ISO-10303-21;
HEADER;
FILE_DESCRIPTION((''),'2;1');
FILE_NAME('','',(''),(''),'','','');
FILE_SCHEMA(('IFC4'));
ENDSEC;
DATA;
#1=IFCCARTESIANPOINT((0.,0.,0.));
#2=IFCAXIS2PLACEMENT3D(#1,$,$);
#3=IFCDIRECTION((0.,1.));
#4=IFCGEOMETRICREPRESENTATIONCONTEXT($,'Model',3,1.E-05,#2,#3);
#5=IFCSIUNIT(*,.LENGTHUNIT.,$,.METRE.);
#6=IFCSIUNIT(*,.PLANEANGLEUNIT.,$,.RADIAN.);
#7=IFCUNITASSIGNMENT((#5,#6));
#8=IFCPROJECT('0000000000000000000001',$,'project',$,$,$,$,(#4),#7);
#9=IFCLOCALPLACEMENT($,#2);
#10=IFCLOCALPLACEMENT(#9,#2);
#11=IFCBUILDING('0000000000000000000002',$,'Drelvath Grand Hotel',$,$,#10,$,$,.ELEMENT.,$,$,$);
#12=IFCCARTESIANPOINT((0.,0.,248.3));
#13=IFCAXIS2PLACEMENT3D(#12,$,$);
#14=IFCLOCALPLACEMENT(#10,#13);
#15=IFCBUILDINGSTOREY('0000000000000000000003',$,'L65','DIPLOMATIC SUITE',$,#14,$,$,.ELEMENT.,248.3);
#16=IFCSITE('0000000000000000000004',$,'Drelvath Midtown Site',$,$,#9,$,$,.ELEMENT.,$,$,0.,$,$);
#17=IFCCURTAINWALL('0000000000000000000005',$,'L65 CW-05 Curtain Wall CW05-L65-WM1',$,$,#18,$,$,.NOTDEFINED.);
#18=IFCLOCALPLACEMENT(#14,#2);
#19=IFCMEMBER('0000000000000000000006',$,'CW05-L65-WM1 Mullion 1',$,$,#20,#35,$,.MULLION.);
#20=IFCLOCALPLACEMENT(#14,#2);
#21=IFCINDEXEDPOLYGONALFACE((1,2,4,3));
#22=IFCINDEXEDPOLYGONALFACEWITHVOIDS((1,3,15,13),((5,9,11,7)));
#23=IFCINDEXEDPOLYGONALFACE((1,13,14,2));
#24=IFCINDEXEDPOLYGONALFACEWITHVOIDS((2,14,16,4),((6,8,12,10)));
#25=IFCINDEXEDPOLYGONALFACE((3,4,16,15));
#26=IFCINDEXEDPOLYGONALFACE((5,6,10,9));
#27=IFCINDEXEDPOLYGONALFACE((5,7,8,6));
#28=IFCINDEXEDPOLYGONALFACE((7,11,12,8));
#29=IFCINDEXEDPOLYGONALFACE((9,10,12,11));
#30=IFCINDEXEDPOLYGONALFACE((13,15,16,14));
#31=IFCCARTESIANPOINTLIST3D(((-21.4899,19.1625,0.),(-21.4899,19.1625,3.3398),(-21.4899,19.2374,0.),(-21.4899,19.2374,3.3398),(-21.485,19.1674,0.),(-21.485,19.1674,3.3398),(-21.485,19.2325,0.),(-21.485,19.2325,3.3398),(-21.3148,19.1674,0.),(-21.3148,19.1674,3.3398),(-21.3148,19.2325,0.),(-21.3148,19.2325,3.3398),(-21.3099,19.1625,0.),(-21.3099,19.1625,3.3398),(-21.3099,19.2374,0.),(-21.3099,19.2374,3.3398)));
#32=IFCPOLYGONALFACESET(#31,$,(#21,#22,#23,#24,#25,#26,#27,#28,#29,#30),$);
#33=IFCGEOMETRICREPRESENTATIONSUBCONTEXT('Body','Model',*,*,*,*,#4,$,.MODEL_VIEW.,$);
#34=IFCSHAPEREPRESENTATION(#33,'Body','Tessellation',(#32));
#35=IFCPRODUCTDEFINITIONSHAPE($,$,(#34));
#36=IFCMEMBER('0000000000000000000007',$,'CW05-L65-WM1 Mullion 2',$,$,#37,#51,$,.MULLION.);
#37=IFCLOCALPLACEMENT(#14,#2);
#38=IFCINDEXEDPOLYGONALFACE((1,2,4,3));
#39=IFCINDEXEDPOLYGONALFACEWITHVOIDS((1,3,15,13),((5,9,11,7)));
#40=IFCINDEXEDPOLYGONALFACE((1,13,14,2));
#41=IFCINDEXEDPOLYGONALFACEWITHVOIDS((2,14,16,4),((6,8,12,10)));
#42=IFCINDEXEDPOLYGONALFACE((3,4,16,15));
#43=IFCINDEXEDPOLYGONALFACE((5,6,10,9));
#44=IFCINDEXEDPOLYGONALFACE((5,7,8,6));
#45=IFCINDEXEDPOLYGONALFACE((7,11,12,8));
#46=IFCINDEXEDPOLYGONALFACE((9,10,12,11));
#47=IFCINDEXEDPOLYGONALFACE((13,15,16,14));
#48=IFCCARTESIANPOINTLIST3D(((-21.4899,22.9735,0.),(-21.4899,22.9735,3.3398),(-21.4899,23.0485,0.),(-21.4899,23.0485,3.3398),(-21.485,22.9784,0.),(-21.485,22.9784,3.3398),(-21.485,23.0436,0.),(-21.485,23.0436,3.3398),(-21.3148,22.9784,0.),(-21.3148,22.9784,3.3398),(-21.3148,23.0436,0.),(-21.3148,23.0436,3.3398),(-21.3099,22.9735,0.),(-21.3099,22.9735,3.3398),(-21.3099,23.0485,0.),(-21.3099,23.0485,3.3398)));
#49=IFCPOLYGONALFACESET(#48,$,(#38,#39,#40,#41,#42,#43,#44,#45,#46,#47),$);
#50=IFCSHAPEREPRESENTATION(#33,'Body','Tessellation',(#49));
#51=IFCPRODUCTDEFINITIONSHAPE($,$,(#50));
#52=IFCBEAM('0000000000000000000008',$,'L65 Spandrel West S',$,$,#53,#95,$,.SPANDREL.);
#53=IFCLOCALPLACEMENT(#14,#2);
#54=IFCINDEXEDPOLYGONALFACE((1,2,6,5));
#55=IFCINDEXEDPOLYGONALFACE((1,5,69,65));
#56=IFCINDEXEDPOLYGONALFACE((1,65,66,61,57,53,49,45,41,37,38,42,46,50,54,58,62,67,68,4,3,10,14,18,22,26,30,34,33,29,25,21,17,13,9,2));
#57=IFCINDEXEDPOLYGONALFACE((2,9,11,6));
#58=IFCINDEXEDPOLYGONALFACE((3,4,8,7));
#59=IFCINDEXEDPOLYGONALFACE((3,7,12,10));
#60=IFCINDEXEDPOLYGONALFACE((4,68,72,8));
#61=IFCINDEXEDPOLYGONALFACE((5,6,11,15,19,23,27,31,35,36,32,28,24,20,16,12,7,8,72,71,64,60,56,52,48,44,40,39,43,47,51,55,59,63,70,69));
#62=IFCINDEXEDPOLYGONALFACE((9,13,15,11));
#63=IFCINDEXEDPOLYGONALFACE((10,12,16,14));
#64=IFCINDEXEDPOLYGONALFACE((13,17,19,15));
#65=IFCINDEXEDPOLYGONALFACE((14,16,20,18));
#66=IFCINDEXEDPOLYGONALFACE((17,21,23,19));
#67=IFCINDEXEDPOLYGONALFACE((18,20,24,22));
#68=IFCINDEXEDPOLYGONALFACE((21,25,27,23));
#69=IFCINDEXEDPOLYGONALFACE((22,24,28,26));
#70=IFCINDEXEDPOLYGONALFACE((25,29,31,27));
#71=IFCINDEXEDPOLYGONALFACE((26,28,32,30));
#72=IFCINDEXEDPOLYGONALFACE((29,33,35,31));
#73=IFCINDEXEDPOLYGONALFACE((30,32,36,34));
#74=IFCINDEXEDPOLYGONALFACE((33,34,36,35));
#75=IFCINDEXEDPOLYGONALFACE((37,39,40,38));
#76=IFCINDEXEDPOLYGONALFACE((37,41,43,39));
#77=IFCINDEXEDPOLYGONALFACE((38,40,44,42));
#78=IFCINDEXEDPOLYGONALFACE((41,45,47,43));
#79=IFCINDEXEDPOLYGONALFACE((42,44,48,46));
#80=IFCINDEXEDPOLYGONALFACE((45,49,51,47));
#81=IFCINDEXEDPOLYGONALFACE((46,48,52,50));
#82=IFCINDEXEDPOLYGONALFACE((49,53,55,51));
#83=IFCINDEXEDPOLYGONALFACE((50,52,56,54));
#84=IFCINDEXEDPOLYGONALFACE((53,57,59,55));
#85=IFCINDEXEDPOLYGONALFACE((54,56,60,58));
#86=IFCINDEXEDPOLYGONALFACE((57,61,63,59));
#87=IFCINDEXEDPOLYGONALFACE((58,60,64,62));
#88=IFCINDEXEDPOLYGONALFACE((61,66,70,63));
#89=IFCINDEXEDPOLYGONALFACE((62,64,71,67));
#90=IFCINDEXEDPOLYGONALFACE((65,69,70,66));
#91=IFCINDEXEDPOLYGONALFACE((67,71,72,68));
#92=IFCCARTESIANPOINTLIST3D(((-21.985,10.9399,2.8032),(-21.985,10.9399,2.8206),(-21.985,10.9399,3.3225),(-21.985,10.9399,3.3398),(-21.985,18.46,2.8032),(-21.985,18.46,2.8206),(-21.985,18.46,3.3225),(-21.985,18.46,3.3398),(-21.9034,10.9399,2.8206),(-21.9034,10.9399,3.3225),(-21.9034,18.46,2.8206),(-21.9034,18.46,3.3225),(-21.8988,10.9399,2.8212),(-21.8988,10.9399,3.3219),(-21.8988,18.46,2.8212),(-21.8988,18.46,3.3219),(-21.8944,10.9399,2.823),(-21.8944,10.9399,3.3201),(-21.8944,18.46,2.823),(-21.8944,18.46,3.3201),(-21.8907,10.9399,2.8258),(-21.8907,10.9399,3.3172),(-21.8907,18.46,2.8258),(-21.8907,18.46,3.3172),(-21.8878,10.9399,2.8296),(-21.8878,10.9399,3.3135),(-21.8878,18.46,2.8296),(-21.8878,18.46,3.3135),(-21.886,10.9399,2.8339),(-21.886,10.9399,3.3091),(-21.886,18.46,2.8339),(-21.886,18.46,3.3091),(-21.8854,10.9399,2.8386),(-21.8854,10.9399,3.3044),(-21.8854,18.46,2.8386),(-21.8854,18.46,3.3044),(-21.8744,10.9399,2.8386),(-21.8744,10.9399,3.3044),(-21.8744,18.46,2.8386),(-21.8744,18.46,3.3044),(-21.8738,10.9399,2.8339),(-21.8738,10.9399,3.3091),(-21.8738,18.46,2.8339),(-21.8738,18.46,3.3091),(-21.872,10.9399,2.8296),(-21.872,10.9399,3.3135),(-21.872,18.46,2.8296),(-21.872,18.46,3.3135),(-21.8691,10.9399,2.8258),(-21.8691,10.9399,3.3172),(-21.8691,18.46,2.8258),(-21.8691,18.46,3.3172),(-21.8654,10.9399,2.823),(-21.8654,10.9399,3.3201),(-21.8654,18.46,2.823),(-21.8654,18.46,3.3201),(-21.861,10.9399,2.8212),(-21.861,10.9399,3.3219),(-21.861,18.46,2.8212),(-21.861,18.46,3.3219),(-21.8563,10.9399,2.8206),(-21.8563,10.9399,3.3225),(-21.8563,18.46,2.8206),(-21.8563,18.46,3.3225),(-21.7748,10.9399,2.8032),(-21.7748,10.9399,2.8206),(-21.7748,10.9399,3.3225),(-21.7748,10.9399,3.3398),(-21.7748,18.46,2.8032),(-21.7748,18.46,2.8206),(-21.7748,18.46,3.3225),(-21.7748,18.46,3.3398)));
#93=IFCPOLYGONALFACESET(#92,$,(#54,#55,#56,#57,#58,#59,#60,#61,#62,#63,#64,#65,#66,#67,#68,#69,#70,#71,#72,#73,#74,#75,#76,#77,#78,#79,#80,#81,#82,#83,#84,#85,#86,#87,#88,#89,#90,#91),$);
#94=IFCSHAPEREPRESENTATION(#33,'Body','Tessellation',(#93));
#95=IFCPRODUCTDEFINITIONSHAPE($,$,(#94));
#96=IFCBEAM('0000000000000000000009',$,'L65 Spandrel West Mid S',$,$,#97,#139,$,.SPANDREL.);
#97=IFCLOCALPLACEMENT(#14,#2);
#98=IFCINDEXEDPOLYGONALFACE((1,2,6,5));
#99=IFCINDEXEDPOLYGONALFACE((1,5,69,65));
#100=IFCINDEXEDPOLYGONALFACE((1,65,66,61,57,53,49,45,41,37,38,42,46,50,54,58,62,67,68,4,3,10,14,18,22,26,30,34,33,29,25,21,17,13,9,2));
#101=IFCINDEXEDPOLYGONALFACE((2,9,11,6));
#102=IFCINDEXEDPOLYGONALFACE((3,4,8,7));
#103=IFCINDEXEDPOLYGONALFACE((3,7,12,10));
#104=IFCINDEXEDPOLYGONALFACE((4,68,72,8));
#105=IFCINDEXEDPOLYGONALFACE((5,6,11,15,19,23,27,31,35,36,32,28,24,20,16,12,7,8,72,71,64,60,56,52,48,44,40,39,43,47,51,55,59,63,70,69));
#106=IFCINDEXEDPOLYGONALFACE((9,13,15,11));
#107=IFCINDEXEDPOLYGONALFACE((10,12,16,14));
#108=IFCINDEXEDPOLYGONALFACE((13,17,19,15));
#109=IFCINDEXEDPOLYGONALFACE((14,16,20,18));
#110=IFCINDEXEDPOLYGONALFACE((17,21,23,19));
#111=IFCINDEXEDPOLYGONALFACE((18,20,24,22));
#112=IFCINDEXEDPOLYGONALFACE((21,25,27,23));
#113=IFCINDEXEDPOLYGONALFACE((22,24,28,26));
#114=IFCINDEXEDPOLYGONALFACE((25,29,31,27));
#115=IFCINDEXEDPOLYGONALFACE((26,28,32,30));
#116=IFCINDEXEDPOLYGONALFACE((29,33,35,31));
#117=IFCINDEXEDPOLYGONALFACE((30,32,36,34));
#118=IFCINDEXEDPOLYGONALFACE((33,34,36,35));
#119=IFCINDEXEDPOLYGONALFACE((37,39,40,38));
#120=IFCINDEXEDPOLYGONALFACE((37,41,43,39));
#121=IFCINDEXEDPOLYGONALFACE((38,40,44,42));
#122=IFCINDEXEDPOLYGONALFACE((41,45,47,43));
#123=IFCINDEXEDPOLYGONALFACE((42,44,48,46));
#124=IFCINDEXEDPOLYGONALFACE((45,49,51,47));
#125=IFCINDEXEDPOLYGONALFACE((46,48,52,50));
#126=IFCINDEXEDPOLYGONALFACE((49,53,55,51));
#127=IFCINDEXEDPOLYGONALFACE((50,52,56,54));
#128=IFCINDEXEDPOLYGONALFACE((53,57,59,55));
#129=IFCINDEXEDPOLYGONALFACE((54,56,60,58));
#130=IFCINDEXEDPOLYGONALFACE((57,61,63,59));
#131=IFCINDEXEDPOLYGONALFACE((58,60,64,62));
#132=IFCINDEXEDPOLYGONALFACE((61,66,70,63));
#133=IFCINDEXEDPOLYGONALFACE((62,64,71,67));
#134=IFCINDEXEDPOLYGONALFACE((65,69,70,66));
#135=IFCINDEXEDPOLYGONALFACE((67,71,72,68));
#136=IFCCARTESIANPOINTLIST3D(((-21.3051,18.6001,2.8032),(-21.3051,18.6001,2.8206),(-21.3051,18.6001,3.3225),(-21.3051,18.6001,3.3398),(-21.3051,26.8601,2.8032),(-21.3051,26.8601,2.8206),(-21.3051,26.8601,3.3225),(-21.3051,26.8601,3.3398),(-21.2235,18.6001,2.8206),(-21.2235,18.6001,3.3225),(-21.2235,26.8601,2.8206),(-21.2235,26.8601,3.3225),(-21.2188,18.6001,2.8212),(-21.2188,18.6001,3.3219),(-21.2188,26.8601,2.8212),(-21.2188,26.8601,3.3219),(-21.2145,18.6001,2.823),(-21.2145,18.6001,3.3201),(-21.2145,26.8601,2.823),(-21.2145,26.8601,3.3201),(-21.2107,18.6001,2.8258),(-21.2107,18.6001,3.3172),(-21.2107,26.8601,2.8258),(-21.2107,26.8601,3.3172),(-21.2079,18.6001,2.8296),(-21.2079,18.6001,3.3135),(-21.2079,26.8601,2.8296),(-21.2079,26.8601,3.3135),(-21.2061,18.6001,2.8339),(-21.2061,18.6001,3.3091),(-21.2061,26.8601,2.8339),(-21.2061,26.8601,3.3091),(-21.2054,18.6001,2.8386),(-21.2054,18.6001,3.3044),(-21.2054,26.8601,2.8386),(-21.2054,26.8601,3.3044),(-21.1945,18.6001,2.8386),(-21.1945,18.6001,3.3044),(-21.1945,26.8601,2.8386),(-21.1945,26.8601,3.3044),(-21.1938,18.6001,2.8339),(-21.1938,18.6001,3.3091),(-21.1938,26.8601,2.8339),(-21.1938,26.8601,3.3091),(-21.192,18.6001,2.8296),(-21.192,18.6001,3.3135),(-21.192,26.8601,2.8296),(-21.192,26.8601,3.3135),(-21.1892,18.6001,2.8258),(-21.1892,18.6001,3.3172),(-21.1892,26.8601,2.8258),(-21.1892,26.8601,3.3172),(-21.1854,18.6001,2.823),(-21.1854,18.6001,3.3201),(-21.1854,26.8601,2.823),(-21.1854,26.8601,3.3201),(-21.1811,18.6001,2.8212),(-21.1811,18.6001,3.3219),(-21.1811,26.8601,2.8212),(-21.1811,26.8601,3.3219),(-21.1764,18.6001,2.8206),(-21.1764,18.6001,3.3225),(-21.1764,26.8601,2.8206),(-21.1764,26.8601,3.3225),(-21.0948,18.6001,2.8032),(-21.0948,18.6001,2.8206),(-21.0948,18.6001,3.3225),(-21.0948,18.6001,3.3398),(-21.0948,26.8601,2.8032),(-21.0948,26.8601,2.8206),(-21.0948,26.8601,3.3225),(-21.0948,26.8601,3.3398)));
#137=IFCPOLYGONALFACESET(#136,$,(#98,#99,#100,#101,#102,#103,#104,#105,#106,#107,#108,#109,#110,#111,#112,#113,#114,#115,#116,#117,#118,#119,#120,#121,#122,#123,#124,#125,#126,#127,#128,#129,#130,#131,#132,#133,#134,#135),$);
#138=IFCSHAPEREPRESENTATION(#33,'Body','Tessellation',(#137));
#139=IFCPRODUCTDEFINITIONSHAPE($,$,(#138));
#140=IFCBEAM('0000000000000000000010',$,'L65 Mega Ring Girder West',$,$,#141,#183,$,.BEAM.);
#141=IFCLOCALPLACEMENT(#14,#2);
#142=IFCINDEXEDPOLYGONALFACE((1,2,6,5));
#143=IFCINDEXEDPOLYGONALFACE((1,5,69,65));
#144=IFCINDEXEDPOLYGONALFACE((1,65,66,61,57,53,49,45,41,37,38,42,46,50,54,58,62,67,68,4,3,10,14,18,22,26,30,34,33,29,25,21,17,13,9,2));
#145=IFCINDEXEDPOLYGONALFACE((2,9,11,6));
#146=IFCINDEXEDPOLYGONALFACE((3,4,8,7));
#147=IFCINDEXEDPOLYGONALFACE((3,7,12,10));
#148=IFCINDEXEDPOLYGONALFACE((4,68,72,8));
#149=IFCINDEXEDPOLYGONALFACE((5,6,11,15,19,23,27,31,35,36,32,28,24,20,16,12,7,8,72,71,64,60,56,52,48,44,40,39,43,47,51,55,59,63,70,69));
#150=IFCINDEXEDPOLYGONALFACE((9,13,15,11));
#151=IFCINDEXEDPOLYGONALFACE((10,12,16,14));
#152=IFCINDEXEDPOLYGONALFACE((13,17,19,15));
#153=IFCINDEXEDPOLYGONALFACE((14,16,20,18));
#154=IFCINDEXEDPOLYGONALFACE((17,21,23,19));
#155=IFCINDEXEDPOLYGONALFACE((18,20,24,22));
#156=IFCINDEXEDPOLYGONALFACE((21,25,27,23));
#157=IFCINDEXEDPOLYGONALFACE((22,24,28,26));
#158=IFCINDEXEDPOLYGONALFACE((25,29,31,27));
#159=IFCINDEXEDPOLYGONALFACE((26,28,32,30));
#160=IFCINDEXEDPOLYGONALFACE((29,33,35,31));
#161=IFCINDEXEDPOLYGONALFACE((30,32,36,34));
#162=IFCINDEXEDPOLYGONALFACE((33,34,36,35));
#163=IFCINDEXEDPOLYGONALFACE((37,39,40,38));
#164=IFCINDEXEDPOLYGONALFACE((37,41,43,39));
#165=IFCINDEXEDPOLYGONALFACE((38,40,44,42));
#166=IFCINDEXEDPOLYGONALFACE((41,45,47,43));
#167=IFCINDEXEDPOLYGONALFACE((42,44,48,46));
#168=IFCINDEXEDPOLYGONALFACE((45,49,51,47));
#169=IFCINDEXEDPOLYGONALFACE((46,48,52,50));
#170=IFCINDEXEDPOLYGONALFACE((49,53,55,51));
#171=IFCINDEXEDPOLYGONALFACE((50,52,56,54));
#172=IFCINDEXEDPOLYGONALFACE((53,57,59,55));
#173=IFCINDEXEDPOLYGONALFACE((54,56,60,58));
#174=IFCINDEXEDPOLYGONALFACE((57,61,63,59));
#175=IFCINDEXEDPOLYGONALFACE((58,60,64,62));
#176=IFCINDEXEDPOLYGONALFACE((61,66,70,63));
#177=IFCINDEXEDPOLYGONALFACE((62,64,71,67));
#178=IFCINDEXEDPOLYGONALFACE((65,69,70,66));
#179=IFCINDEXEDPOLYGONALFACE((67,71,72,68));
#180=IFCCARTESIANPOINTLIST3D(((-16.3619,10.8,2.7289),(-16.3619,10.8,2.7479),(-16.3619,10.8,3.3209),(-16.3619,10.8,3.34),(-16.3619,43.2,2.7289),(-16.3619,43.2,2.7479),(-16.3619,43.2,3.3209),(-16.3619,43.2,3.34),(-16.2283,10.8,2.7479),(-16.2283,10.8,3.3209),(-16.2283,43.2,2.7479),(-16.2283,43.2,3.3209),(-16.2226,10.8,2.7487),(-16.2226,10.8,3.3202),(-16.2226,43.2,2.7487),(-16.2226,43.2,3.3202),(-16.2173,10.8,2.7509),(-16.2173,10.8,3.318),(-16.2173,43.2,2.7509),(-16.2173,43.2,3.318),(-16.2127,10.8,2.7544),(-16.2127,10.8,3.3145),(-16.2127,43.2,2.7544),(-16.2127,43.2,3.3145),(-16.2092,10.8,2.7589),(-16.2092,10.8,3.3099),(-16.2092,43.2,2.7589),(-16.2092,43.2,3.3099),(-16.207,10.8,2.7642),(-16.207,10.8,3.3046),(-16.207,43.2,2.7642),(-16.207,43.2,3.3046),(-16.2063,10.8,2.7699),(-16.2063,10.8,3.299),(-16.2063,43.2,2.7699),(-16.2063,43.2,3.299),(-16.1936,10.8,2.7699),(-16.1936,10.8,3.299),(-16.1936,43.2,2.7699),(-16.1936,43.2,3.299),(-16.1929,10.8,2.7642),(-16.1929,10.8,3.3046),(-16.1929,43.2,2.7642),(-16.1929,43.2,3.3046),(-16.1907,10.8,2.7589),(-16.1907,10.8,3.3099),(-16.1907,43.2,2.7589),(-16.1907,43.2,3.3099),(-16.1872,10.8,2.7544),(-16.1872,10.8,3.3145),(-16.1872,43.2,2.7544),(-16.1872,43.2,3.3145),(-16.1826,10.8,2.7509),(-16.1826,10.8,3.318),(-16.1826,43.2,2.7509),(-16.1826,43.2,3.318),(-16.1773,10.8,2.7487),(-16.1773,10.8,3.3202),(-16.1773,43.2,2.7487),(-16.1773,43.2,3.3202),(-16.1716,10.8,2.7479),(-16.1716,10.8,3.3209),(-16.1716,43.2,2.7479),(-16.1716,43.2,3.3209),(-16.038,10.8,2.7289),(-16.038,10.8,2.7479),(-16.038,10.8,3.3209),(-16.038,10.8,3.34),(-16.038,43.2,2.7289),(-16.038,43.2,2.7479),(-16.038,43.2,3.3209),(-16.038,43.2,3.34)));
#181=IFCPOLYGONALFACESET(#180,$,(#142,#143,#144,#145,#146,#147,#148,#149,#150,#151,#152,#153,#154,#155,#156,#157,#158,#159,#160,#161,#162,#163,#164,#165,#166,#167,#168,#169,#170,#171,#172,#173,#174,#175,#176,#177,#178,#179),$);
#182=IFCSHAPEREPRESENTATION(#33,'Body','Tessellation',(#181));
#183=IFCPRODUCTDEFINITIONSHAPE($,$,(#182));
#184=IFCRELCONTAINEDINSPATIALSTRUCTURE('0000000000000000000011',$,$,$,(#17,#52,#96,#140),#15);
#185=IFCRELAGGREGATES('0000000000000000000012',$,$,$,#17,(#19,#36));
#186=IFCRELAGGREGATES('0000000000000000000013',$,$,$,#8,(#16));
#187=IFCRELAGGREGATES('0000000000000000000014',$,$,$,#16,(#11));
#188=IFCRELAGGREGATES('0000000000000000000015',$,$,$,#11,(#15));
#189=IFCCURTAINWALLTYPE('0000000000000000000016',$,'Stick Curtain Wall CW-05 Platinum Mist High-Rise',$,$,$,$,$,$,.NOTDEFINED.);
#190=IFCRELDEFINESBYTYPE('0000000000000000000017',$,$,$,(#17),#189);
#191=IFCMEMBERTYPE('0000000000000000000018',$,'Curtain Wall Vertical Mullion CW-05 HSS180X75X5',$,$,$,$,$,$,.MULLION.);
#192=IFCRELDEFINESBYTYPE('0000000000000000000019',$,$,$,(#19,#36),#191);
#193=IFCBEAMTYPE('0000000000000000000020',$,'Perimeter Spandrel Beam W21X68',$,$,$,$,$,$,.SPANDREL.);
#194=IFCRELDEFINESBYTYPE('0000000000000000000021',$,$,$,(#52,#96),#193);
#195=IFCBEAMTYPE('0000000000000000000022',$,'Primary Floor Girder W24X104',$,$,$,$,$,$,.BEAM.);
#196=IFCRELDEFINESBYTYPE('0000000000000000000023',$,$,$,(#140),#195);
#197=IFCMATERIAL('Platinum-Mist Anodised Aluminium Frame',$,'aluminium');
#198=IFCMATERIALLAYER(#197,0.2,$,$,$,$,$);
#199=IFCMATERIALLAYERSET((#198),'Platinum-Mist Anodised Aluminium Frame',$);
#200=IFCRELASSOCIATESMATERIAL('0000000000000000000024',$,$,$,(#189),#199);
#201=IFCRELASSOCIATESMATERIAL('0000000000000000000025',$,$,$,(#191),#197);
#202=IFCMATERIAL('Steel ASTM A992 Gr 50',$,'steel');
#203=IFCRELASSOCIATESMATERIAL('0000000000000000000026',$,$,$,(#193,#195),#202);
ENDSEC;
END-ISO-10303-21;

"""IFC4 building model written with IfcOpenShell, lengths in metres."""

from ifc_helpers import new_model, si_unit, direction, frame, origin, origin_2d, place, context, subcontext, project, spatial, hollow_rectangle, i_section, extrude, material, layer, layer_set, material_profile, profile_set, type_object, element, aggregate, save


model = new_model("IFC4")

# Units and contexts
model_context = context("Model", 3, precision=1e-05, world=origin(), true_north=direction((0.0, 1.0)))
body_context = subcontext(model_context, "Body", "Model", "MODEL_VIEW")
ifc_project = project(units=[si_unit("LENGTHUNIT", "METRE"), si_unit("PLANEANGLEUNIT", "RADIAN")], contexts=[model_context])

# Site, building, storey
site_placement = place(None, origin())
site = spatial("IfcSite", under=ifc_project, at=site_placement, Name="Drelvath Midtown Site", CompositionType="ELEMENT", RefElevation=0.0)
building_placement = place(site_placement, origin())
building = spatial("IfcBuilding", under=site, at=building_placement, Name="Drelvath Grand Hotel", CompositionType="ELEMENT")
storey_placement = place(building_placement, frame((0.0, 0.0, 248.3)))
storey = spatial("IfcBuildingStorey", under=building, at=storey_placement, Name="L65", Description="DIPLOMATIC SUITE", CompositionType="ELEMENT", Elevation=248.3)

# Shared definitions
ifc_material_1 = material(Name="Steel ASTM A992 Gr 50", Category="steel")

# Curtain wall
ifc_material_2 = material(Name="Platinum-Mist Anodised Aluminium Frame", Category="aluminium")
ifc_layer_1 = layer(ifc_material_2, 0.2)
ifc_layer_set_1 = layer_set([ifc_layer_1], Name="Platinum-Mist Anodised Aluminium Frame")
curtain_wall_type = type_object("IfcCurtainWallType", Name="Stick Curtain Wall CW-05 Platinum Mist High-Rise", PredefinedType="NOTDEFINED", material=ifc_layer_set_1)
curtain_wall_1_placement = place(storey_placement, origin())
curtain_wall_1 = element("IfcCurtainWall", 1, at=curtain_wall_1_placement, inside=storey, type_object=curtain_wall_type, Name="L65 CW-05 Curtain Wall CW05-L65-WM1", PredefinedType="NOTDEFINED")

# Members
ifc_material_profile_1 = material_profile(ifc_material_2, hollow_rectangle(XDim=0.075, YDim=0.1799, WallThickness=0.0049, at=origin_2d()), Name="HSS180X75X5")
ifc_profile_set_1 = profile_set([ifc_material_profile_1], Name="Platinum-Mist Anodised Aluminium Frame")
member_type_1 = type_object("IfcMemberType", Name="Curtain Wall Vertical Mullion CW-05 HSS180X75X5", PredefinedType="MULLION", material=ifc_profile_set_1)
member_1_placement = place(storey_placement, frame((-21.3999, 19.2, 0.0), z_axis=(0.0, 0.0, 1.0), x_axis=(0.0, 1.0, 0.0)))
member_1 = element("IfcMember", 2, at=member_1_placement, type_object=member_type_1, Name="CW05-L65-WM1 Mullion 1", PredefinedType="MULLION", context=body_context, shape_type="SweptSolid", body=[
    extrude(hollow_rectangle(XDim=0.075, YDim=0.1799, WallThickness=0.0049, at=origin_2d()), origin(), (0.0, 0.0, 1.0), 3.3398),
])
member_2_placement = place(storey_placement, frame((-21.3999, 23.011, 0.0), z_axis=(0.0, 0.0, 1.0), x_axis=(0.0, 1.0, 0.0)))
member_2 = element("IfcMember", 3, at=member_2_placement, type_object=member_type_1, Name="CW05-L65-WM1 Mullion 2", PredefinedType="MULLION", context=body_context, shape_type="SweptSolid", body=[
    extrude(hollow_rectangle(XDim=0.075, YDim=0.1799, WallThickness=0.0049, at=origin_2d()), origin(), (0.0, 0.0, 1.0), 3.3398),
])

# Beams
ifc_material_profile_2 = material_profile(ifc_material_1, i_section(OverallWidth=0.2102, OverallDepth=0.5366, WebThickness=0.011, FlangeThickness=0.0173, FilletRadius=0.0181, at=origin_2d()), Name="W21X68")
ifc_profile_set_2 = profile_set([ifc_material_profile_2], Name="Steel ASTM A992 Gr 50")
beam_type_1 = type_object("IfcBeamType", Name="Perimeter Spandrel Beam W21X68", PredefinedType="SPANDREL", material=ifc_profile_set_2)
beam_1_placement = place(storey_placement, frame((-21.8799, 10.9399, 3.0715), z_axis=(0.0, 1.0, 0.0), x_axis=(-1.0, 0.0, 0.0)))
element("IfcBeam", 4, at=beam_1_placement, inside=storey, type_object=beam_type_1, Name="L65 Spandrel West S", PredefinedType="SPANDREL", context=body_context, shape_type="SweptSolid", body=[
    extrude(i_section(OverallWidth=0.2102, OverallDepth=0.5366, WebThickness=0.011, FlangeThickness=0.0173, FilletRadius=0.0181, at=origin_2d()), origin(), (0.0, 0.0, 1.0), 7.52),
])
beam_2_placement = place(storey_placement, frame((-21.2, 18.6001, 3.0715), z_axis=(0.0, 1.0, 0.0), x_axis=(-1.0, 0.0, 0.0)))
element("IfcBeam", 5, at=beam_2_placement, inside=storey, type_object=beam_type_1, Name="L65 Spandrel West Mid S", PredefinedType="SPANDREL", context=body_context, shape_type="SweptSolid", body=[
    extrude(i_section(OverallWidth=0.2102, OverallDepth=0.5366, WebThickness=0.011, FlangeThickness=0.0173, FilletRadius=0.0181, at=origin_2d()), origin(), (0.0, 0.0, 1.0), 8.26),
])
ifc_material_profile_3 = material_profile(ifc_material_1, i_section(OverallWidth=0.324, OverallDepth=0.6111, WebThickness=0.0127, FlangeThickness=0.019, FilletRadius=0.022, at=origin_2d()), Name="W24X104")
ifc_profile_set_3 = profile_set([ifc_material_profile_3], Name="Steel ASTM A992 Gr 50")
beam_type_2 = type_object("IfcBeamType", Name="Primary Floor Girder W24X104", PredefinedType="BEAM", material=ifc_profile_set_3)
beam_3_placement = place(storey_placement, frame((-16.2, 10.8, 3.0344), z_axis=(0.0, 1.0, 0.0), x_axis=(-1.0, 0.0, 0.0)))
element("IfcBeam", 6, at=beam_3_placement, inside=storey, type_object=beam_type_2, Name="L65 Mega Ring Girder West", PredefinedType="BEAM", context=body_context, shape_type="SweptSolid", body=[
    extrude(i_section(OverallWidth=0.324, OverallDepth=0.6111, WebThickness=0.0127, FlangeThickness=0.019, FilletRadius=0.022, at=origin_2d()), origin(), (0.0, 0.0, 1.0), 32.3999),
])

aggregate(curtain_wall_1, [member_1, member_2])

save(model, "model.ifc")
